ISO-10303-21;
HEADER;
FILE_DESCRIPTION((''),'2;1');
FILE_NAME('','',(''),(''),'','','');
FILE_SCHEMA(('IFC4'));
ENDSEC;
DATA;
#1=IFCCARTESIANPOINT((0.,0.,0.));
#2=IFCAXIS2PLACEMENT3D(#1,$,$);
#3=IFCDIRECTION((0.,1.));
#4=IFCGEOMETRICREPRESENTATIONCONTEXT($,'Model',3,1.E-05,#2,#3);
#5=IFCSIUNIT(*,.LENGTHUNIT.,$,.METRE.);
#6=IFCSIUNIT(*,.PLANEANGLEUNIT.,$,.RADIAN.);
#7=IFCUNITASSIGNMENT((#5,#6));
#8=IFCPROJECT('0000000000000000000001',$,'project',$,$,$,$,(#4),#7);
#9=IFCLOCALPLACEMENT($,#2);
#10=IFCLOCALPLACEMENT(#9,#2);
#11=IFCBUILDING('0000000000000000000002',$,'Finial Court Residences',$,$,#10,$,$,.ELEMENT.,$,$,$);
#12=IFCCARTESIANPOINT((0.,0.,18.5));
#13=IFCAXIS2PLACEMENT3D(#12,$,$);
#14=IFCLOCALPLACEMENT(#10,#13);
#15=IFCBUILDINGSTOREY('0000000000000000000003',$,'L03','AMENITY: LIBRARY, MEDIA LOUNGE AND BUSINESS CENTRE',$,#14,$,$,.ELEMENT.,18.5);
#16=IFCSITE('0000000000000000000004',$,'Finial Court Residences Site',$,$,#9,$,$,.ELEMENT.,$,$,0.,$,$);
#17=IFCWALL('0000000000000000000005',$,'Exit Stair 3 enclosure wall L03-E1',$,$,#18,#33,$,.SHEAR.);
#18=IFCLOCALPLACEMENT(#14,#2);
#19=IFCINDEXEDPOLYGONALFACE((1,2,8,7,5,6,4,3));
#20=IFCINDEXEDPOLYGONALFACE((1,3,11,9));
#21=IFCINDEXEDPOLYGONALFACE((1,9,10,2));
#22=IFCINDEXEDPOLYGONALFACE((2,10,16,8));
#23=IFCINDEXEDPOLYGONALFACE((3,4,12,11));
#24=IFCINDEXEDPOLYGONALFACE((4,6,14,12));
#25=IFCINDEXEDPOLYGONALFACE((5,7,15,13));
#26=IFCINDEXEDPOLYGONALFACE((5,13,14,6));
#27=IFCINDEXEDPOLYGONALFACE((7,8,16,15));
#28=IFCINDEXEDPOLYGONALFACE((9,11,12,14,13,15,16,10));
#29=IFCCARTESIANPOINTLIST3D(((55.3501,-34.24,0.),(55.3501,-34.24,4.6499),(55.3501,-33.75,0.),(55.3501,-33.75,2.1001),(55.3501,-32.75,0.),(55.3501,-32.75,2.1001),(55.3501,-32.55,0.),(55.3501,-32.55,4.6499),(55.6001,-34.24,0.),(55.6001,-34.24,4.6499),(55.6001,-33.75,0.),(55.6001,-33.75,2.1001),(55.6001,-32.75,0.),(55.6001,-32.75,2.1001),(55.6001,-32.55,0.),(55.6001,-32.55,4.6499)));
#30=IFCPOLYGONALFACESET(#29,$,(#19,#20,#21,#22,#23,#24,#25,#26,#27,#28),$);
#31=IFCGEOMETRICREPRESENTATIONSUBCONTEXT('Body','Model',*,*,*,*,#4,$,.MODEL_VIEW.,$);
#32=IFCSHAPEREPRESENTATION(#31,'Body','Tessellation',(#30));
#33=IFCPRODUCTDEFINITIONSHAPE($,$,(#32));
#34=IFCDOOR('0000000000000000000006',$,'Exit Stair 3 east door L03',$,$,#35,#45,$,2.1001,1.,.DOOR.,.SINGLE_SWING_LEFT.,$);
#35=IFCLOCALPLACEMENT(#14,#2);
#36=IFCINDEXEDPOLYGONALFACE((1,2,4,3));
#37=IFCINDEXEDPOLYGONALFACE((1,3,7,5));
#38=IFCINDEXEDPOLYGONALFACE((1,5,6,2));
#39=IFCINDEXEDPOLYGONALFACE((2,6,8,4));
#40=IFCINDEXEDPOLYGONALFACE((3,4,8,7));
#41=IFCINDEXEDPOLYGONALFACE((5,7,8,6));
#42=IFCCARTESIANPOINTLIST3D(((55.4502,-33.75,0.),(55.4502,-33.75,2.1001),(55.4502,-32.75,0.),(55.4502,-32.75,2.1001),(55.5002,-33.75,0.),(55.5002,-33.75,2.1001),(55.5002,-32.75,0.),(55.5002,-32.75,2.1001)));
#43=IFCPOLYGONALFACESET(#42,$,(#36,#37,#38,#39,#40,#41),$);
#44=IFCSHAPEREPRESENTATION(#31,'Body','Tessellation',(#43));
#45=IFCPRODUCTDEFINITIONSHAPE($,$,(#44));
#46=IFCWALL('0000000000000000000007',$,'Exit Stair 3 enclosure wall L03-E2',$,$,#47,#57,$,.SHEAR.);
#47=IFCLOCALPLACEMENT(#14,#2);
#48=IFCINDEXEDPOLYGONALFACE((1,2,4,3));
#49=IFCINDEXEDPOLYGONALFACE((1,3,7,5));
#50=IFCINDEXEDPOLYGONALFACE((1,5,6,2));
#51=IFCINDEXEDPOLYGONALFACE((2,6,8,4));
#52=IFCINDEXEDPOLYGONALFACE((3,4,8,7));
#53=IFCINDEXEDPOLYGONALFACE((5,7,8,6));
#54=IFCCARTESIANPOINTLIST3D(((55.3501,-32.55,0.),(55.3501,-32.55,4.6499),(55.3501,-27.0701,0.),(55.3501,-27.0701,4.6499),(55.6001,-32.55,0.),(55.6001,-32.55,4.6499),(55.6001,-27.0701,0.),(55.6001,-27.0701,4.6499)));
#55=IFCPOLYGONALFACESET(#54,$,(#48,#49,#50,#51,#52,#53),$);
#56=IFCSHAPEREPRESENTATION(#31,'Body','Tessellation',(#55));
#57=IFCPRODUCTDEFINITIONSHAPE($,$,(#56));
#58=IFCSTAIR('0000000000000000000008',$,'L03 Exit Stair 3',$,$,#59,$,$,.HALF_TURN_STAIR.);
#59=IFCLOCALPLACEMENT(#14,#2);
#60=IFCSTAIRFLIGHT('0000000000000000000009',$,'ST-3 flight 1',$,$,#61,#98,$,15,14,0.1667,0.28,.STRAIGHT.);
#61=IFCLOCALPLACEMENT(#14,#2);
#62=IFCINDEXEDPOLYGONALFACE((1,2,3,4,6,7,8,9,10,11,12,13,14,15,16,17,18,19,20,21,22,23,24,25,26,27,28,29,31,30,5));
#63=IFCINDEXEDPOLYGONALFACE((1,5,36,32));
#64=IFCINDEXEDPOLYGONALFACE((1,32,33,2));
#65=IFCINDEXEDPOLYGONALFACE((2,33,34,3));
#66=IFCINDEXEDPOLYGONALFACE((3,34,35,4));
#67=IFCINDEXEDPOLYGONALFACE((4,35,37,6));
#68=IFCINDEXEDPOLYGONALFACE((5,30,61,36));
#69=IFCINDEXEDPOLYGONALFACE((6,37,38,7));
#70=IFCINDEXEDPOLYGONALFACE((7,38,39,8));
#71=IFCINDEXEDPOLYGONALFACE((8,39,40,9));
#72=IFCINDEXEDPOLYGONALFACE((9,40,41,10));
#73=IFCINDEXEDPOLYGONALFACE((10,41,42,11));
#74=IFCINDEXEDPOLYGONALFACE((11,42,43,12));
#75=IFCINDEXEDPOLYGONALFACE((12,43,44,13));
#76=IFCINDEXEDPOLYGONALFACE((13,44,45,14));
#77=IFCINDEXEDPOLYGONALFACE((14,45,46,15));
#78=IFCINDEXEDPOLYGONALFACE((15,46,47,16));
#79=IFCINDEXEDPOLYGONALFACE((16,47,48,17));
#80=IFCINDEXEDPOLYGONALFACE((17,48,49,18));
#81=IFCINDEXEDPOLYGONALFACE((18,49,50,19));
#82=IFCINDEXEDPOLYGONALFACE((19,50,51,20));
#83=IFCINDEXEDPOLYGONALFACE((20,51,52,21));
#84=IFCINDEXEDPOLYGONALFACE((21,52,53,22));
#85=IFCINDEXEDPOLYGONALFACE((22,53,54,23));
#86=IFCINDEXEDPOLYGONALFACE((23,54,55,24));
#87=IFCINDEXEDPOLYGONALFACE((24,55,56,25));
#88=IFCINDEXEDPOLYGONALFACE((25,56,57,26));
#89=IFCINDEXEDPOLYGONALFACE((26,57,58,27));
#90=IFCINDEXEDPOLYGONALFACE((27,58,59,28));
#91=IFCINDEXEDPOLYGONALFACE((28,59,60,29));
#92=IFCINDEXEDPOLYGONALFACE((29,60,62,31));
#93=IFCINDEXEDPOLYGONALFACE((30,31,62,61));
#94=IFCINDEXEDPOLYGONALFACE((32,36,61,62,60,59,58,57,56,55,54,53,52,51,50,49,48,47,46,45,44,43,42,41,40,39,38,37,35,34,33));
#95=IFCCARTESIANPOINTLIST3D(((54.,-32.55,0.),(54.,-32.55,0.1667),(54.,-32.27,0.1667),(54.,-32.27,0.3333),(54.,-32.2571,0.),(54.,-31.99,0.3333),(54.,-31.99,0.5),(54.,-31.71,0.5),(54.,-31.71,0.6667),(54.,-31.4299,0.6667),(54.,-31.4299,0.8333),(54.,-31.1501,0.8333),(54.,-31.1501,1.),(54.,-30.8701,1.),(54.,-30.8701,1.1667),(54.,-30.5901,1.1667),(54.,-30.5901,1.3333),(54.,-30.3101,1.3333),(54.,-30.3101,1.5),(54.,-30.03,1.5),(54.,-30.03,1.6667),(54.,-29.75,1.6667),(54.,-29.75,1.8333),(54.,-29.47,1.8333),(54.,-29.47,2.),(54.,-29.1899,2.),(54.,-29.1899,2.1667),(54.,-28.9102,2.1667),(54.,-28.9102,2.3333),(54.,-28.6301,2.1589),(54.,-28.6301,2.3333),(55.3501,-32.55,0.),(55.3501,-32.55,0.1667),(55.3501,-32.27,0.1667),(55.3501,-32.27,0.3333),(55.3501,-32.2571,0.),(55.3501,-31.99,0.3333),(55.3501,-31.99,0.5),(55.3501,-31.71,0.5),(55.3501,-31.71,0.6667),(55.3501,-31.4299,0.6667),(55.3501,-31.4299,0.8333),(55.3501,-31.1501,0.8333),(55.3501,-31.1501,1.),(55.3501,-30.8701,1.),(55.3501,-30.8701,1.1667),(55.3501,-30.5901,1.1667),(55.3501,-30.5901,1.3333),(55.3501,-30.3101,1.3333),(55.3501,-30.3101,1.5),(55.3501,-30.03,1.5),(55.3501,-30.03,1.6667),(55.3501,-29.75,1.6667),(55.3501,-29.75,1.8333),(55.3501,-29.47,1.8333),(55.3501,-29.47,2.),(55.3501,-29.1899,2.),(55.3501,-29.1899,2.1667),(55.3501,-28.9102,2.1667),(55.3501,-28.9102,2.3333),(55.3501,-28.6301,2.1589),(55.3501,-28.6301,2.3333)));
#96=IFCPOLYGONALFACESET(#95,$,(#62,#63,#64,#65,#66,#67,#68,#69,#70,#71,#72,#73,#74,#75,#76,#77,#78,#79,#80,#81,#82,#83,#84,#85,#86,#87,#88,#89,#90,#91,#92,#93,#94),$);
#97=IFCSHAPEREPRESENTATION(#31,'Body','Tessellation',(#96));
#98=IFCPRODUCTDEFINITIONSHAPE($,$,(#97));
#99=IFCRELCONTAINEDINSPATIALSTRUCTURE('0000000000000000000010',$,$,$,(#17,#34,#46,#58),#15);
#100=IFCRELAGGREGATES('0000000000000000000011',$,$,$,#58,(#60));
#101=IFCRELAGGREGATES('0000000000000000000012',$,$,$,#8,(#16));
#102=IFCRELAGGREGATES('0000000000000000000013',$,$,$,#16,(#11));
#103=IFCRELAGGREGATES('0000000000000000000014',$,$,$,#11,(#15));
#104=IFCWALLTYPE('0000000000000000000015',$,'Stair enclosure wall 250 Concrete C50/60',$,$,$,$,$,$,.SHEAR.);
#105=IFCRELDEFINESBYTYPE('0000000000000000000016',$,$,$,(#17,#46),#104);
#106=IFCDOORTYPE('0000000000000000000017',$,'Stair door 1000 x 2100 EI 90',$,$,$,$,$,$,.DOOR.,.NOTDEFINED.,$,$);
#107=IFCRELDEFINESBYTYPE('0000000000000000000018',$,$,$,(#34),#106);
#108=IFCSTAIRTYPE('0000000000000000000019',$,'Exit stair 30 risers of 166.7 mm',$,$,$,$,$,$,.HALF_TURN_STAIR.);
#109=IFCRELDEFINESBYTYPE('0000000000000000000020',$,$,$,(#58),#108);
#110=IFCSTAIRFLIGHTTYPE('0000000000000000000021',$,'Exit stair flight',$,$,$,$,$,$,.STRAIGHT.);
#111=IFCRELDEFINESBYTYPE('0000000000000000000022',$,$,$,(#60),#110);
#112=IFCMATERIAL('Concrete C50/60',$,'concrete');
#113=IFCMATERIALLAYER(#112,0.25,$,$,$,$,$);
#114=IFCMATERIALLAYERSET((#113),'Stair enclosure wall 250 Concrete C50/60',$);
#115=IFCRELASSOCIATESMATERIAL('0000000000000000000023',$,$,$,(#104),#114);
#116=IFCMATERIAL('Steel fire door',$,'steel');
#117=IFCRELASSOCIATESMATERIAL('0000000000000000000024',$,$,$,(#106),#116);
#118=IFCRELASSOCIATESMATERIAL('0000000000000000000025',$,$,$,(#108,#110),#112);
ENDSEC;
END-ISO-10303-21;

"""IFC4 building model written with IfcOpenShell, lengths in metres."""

from ifc_helpers import new_model, si_unit, direction, frame, frame_2d, origin, place, context, subcontext, project, spatial, polyline, rectangle, outline, extrude, material, layer, layer_set, type_object, element, fill, aggregate, save


model = new_model("IFC4")

# Units and contexts
model_context = context("Model", 3, precision=1e-05, world=origin(), true_north=direction((0.0, 1.0)))
body_context = subcontext(model_context, "Body", "Model", "MODEL_VIEW")
ifc_project = project(units=[si_unit("LENGTHUNIT", "METRE"), si_unit("PLANEANGLEUNIT", "RADIAN")], contexts=[model_context])

# Site, building, storey
site_placement = place(None, origin())
site = spatial("IfcSite", under=ifc_project, at=site_placement, Name="Finial Court Residences Site", CompositionType="ELEMENT", RefElevation=0.0)
building_placement = place(site_placement, origin())
building = spatial("IfcBuilding", under=site, at=building_placement, Name="Finial Court Residences", CompositionType="ELEMENT")
storey_placement = place(building_placement, frame((0.0, 0.0, 18.5)))
storey = spatial("IfcBuildingStorey", under=building, at=storey_placement, Name="L03", Description="AMENITY: LIBRARY, MEDIA LOUNGE AND BUSINESS CENTRE", CompositionType="ELEMENT", Elevation=18.5)

# Shared definitions
ifc_material_1 = material(Name="Concrete C50/60", Category="concrete")

# Shared definitions
ifc_layer_1 = layer(ifc_material_1, 0.25)
ifc_layer_set_1 = layer_set([ifc_layer_1], Name="Stair enclosure wall 250 Concrete C50/60")
wall_type_1 = type_object("IfcWallType", Name="Stair enclosure wall 250 Concrete C50/60", PredefinedType="SHEAR", material=ifc_layer_set_1)
ifc_material_2 = material(Name="Steel fire door", Category="steel")
door_type = type_object("IfcDoorType", Name="Stair door 1000 x 2100 EI 90", OperationType="NOTDEFINED", PredefinedType="DOOR", material=ifc_material_2)

# Wall, opening, door
wall_1_placement = place(storey_placement, frame((55.4751, -34.24, 0.0), z_axis=(0.0, 0.0, 1.0), x_axis=(0.0, 1.0, 0.0)))
wall_1 = element("IfcWall", 1, at=wall_1_placement, inside=storey, type_object=wall_type_1, Name="Exit Stair 3 enclosure wall L03-E1", PredefinedType="SHEAR", context=body_context, shape_type="SweptSolid", body=[
    extrude(rectangle(XDim=1.6899, YDim=0.25, at=frame_2d((0.845, 0.0))), origin(), (0.0, 0.0, 1.0), 4.6499),
])
opening_1_placement = place(wall_1_placement, frame((0.49, 0.0, 0.0)))
opening_1 = element("IfcOpeningElement", 2, at=opening_1_placement, cuts=wall_1, PredefinedType="OPENING", context=body_context, shape_type="SweptSolid", body=[
    extrude(rectangle(XDim=1.0, YDim=2.1001, at=frame_2d((0.5, 1.05))), frame((0.0, 0.135, 0.0), z_axis=(0.0, -1.0, 0.0), x_axis=(1.0, 0.0, 0.0)), (0.0, 0.0, 1.0), 0.27),
])
door_1_placement = place(opening_1_placement, origin())
door_1 = element("IfcDoor", 3, at=door_1_placement, inside=storey, type_object=door_type, Name="Exit Stair 3 east door L03", OperationType="SINGLE_SWING_LEFT", OverallHeight=2.1001, OverallWidth=1.0, PredefinedType="DOOR", context=body_context, shape_type="SweptSolid", body=[
    extrude(rectangle(XDim=1.0, YDim=2.1001, at=frame_2d((0.5, 1.05))), frame((0.0, 0.0249, 0.0), z_axis=(0.0, -1.0, 0.0), x_axis=(1.0, 0.0, 0.0)), (0.0, 0.0, 1.0), 0.05),
])
fill(opening_1, door_1)

# Wall
wall_2_placement = place(storey_placement, frame((55.4751, -32.55, 0.0), z_axis=(0.0, 0.0, 1.0), x_axis=(0.0, 1.0, 0.0)))
element("IfcWall", 4, at=wall_2_placement, inside=storey, type_object=wall_type_1, Name="Exit Stair 3 enclosure wall L03-E2", PredefinedType="SHEAR", context=body_context, shape_type="SweptSolid", body=[
    extrude(rectangle(XDim=5.48, YDim=0.25, at=frame_2d((2.74, 0.0))), origin(), (0.0, 0.0, 1.0), 4.6499),
])

# Stair, stair flight
stair_type = type_object("IfcStairType", Name="Exit stair 30 risers of 166.7 mm", PredefinedType="HALF_TURN_STAIR", material=ifc_material_1)
stair_placement = place(storey_placement, origin())
stair = element("IfcStair", 5, at=stair_placement, inside=storey, type_object=stair_type, Name="L03 Exit Stair 3", PredefinedType="HALF_TURN_STAIR")
stair_flight_type = type_object("IfcStairFlightType", Name="Exit stair flight", PredefinedType="STRAIGHT", material=ifc_material_1)
stair_flight_placement = place(storey_placement, frame((54.675, -32.55, 0.0), z_axis=(0.0, 0.0, 1.0), x_axis=(0.0, 1.0, 0.0)))
stair_flight = element("IfcStairFlight", 6, at=stair_flight_placement, type_object=stair_flight_type, Name="ST-3 flight 1", NumberOfRisers=15, NumberOfTreads=14, PredefinedType="STRAIGHT", RiserHeight=0.1667, TreadLength=0.28, context=body_context, shape_type="SweptSolid", body=[
    extrude(outline(polyline([(0.0, 0.0), (0.0, 0.1667), (0.28, 0.1667), (0.28, 0.3333), (0.5601, 0.3333), (0.5601, 0.5), (0.8401, 0.5), (0.8401, 0.6667), (1.1201, 0.6667), (1.1201, 0.8333), (1.3999, 0.8333), (1.3999, 1.0), (1.6799, 1.0), (1.6799, 1.1667), (1.96, 1.1667), (1.96, 1.3333), (2.24, 1.3333), (2.24, 1.5), (2.52, 1.5), (2.52, 1.6667), (2.8, 1.6667), (2.8, 1.8333), (3.0801, 1.8333), (3.0801, 2.0), (3.3601, 2.0), (3.3601, 2.1667), (3.6399, 2.1667), (3.6399, 2.3333), (3.9199, 2.3333), (3.9199, 2.5), (3.9199, 2.1589), (0.293, 0.0), (0.0, 0.0)])), frame((0.0, 0.675, 0.0), z_axis=(0.0, -1.0, 0.0), x_axis=(1.0, 0.0, 0.0)), (0.0, 0.0, 1.0), 1.3501),
])
aggregate(stair, [stair_flight])

save(model, "model.ifc")
